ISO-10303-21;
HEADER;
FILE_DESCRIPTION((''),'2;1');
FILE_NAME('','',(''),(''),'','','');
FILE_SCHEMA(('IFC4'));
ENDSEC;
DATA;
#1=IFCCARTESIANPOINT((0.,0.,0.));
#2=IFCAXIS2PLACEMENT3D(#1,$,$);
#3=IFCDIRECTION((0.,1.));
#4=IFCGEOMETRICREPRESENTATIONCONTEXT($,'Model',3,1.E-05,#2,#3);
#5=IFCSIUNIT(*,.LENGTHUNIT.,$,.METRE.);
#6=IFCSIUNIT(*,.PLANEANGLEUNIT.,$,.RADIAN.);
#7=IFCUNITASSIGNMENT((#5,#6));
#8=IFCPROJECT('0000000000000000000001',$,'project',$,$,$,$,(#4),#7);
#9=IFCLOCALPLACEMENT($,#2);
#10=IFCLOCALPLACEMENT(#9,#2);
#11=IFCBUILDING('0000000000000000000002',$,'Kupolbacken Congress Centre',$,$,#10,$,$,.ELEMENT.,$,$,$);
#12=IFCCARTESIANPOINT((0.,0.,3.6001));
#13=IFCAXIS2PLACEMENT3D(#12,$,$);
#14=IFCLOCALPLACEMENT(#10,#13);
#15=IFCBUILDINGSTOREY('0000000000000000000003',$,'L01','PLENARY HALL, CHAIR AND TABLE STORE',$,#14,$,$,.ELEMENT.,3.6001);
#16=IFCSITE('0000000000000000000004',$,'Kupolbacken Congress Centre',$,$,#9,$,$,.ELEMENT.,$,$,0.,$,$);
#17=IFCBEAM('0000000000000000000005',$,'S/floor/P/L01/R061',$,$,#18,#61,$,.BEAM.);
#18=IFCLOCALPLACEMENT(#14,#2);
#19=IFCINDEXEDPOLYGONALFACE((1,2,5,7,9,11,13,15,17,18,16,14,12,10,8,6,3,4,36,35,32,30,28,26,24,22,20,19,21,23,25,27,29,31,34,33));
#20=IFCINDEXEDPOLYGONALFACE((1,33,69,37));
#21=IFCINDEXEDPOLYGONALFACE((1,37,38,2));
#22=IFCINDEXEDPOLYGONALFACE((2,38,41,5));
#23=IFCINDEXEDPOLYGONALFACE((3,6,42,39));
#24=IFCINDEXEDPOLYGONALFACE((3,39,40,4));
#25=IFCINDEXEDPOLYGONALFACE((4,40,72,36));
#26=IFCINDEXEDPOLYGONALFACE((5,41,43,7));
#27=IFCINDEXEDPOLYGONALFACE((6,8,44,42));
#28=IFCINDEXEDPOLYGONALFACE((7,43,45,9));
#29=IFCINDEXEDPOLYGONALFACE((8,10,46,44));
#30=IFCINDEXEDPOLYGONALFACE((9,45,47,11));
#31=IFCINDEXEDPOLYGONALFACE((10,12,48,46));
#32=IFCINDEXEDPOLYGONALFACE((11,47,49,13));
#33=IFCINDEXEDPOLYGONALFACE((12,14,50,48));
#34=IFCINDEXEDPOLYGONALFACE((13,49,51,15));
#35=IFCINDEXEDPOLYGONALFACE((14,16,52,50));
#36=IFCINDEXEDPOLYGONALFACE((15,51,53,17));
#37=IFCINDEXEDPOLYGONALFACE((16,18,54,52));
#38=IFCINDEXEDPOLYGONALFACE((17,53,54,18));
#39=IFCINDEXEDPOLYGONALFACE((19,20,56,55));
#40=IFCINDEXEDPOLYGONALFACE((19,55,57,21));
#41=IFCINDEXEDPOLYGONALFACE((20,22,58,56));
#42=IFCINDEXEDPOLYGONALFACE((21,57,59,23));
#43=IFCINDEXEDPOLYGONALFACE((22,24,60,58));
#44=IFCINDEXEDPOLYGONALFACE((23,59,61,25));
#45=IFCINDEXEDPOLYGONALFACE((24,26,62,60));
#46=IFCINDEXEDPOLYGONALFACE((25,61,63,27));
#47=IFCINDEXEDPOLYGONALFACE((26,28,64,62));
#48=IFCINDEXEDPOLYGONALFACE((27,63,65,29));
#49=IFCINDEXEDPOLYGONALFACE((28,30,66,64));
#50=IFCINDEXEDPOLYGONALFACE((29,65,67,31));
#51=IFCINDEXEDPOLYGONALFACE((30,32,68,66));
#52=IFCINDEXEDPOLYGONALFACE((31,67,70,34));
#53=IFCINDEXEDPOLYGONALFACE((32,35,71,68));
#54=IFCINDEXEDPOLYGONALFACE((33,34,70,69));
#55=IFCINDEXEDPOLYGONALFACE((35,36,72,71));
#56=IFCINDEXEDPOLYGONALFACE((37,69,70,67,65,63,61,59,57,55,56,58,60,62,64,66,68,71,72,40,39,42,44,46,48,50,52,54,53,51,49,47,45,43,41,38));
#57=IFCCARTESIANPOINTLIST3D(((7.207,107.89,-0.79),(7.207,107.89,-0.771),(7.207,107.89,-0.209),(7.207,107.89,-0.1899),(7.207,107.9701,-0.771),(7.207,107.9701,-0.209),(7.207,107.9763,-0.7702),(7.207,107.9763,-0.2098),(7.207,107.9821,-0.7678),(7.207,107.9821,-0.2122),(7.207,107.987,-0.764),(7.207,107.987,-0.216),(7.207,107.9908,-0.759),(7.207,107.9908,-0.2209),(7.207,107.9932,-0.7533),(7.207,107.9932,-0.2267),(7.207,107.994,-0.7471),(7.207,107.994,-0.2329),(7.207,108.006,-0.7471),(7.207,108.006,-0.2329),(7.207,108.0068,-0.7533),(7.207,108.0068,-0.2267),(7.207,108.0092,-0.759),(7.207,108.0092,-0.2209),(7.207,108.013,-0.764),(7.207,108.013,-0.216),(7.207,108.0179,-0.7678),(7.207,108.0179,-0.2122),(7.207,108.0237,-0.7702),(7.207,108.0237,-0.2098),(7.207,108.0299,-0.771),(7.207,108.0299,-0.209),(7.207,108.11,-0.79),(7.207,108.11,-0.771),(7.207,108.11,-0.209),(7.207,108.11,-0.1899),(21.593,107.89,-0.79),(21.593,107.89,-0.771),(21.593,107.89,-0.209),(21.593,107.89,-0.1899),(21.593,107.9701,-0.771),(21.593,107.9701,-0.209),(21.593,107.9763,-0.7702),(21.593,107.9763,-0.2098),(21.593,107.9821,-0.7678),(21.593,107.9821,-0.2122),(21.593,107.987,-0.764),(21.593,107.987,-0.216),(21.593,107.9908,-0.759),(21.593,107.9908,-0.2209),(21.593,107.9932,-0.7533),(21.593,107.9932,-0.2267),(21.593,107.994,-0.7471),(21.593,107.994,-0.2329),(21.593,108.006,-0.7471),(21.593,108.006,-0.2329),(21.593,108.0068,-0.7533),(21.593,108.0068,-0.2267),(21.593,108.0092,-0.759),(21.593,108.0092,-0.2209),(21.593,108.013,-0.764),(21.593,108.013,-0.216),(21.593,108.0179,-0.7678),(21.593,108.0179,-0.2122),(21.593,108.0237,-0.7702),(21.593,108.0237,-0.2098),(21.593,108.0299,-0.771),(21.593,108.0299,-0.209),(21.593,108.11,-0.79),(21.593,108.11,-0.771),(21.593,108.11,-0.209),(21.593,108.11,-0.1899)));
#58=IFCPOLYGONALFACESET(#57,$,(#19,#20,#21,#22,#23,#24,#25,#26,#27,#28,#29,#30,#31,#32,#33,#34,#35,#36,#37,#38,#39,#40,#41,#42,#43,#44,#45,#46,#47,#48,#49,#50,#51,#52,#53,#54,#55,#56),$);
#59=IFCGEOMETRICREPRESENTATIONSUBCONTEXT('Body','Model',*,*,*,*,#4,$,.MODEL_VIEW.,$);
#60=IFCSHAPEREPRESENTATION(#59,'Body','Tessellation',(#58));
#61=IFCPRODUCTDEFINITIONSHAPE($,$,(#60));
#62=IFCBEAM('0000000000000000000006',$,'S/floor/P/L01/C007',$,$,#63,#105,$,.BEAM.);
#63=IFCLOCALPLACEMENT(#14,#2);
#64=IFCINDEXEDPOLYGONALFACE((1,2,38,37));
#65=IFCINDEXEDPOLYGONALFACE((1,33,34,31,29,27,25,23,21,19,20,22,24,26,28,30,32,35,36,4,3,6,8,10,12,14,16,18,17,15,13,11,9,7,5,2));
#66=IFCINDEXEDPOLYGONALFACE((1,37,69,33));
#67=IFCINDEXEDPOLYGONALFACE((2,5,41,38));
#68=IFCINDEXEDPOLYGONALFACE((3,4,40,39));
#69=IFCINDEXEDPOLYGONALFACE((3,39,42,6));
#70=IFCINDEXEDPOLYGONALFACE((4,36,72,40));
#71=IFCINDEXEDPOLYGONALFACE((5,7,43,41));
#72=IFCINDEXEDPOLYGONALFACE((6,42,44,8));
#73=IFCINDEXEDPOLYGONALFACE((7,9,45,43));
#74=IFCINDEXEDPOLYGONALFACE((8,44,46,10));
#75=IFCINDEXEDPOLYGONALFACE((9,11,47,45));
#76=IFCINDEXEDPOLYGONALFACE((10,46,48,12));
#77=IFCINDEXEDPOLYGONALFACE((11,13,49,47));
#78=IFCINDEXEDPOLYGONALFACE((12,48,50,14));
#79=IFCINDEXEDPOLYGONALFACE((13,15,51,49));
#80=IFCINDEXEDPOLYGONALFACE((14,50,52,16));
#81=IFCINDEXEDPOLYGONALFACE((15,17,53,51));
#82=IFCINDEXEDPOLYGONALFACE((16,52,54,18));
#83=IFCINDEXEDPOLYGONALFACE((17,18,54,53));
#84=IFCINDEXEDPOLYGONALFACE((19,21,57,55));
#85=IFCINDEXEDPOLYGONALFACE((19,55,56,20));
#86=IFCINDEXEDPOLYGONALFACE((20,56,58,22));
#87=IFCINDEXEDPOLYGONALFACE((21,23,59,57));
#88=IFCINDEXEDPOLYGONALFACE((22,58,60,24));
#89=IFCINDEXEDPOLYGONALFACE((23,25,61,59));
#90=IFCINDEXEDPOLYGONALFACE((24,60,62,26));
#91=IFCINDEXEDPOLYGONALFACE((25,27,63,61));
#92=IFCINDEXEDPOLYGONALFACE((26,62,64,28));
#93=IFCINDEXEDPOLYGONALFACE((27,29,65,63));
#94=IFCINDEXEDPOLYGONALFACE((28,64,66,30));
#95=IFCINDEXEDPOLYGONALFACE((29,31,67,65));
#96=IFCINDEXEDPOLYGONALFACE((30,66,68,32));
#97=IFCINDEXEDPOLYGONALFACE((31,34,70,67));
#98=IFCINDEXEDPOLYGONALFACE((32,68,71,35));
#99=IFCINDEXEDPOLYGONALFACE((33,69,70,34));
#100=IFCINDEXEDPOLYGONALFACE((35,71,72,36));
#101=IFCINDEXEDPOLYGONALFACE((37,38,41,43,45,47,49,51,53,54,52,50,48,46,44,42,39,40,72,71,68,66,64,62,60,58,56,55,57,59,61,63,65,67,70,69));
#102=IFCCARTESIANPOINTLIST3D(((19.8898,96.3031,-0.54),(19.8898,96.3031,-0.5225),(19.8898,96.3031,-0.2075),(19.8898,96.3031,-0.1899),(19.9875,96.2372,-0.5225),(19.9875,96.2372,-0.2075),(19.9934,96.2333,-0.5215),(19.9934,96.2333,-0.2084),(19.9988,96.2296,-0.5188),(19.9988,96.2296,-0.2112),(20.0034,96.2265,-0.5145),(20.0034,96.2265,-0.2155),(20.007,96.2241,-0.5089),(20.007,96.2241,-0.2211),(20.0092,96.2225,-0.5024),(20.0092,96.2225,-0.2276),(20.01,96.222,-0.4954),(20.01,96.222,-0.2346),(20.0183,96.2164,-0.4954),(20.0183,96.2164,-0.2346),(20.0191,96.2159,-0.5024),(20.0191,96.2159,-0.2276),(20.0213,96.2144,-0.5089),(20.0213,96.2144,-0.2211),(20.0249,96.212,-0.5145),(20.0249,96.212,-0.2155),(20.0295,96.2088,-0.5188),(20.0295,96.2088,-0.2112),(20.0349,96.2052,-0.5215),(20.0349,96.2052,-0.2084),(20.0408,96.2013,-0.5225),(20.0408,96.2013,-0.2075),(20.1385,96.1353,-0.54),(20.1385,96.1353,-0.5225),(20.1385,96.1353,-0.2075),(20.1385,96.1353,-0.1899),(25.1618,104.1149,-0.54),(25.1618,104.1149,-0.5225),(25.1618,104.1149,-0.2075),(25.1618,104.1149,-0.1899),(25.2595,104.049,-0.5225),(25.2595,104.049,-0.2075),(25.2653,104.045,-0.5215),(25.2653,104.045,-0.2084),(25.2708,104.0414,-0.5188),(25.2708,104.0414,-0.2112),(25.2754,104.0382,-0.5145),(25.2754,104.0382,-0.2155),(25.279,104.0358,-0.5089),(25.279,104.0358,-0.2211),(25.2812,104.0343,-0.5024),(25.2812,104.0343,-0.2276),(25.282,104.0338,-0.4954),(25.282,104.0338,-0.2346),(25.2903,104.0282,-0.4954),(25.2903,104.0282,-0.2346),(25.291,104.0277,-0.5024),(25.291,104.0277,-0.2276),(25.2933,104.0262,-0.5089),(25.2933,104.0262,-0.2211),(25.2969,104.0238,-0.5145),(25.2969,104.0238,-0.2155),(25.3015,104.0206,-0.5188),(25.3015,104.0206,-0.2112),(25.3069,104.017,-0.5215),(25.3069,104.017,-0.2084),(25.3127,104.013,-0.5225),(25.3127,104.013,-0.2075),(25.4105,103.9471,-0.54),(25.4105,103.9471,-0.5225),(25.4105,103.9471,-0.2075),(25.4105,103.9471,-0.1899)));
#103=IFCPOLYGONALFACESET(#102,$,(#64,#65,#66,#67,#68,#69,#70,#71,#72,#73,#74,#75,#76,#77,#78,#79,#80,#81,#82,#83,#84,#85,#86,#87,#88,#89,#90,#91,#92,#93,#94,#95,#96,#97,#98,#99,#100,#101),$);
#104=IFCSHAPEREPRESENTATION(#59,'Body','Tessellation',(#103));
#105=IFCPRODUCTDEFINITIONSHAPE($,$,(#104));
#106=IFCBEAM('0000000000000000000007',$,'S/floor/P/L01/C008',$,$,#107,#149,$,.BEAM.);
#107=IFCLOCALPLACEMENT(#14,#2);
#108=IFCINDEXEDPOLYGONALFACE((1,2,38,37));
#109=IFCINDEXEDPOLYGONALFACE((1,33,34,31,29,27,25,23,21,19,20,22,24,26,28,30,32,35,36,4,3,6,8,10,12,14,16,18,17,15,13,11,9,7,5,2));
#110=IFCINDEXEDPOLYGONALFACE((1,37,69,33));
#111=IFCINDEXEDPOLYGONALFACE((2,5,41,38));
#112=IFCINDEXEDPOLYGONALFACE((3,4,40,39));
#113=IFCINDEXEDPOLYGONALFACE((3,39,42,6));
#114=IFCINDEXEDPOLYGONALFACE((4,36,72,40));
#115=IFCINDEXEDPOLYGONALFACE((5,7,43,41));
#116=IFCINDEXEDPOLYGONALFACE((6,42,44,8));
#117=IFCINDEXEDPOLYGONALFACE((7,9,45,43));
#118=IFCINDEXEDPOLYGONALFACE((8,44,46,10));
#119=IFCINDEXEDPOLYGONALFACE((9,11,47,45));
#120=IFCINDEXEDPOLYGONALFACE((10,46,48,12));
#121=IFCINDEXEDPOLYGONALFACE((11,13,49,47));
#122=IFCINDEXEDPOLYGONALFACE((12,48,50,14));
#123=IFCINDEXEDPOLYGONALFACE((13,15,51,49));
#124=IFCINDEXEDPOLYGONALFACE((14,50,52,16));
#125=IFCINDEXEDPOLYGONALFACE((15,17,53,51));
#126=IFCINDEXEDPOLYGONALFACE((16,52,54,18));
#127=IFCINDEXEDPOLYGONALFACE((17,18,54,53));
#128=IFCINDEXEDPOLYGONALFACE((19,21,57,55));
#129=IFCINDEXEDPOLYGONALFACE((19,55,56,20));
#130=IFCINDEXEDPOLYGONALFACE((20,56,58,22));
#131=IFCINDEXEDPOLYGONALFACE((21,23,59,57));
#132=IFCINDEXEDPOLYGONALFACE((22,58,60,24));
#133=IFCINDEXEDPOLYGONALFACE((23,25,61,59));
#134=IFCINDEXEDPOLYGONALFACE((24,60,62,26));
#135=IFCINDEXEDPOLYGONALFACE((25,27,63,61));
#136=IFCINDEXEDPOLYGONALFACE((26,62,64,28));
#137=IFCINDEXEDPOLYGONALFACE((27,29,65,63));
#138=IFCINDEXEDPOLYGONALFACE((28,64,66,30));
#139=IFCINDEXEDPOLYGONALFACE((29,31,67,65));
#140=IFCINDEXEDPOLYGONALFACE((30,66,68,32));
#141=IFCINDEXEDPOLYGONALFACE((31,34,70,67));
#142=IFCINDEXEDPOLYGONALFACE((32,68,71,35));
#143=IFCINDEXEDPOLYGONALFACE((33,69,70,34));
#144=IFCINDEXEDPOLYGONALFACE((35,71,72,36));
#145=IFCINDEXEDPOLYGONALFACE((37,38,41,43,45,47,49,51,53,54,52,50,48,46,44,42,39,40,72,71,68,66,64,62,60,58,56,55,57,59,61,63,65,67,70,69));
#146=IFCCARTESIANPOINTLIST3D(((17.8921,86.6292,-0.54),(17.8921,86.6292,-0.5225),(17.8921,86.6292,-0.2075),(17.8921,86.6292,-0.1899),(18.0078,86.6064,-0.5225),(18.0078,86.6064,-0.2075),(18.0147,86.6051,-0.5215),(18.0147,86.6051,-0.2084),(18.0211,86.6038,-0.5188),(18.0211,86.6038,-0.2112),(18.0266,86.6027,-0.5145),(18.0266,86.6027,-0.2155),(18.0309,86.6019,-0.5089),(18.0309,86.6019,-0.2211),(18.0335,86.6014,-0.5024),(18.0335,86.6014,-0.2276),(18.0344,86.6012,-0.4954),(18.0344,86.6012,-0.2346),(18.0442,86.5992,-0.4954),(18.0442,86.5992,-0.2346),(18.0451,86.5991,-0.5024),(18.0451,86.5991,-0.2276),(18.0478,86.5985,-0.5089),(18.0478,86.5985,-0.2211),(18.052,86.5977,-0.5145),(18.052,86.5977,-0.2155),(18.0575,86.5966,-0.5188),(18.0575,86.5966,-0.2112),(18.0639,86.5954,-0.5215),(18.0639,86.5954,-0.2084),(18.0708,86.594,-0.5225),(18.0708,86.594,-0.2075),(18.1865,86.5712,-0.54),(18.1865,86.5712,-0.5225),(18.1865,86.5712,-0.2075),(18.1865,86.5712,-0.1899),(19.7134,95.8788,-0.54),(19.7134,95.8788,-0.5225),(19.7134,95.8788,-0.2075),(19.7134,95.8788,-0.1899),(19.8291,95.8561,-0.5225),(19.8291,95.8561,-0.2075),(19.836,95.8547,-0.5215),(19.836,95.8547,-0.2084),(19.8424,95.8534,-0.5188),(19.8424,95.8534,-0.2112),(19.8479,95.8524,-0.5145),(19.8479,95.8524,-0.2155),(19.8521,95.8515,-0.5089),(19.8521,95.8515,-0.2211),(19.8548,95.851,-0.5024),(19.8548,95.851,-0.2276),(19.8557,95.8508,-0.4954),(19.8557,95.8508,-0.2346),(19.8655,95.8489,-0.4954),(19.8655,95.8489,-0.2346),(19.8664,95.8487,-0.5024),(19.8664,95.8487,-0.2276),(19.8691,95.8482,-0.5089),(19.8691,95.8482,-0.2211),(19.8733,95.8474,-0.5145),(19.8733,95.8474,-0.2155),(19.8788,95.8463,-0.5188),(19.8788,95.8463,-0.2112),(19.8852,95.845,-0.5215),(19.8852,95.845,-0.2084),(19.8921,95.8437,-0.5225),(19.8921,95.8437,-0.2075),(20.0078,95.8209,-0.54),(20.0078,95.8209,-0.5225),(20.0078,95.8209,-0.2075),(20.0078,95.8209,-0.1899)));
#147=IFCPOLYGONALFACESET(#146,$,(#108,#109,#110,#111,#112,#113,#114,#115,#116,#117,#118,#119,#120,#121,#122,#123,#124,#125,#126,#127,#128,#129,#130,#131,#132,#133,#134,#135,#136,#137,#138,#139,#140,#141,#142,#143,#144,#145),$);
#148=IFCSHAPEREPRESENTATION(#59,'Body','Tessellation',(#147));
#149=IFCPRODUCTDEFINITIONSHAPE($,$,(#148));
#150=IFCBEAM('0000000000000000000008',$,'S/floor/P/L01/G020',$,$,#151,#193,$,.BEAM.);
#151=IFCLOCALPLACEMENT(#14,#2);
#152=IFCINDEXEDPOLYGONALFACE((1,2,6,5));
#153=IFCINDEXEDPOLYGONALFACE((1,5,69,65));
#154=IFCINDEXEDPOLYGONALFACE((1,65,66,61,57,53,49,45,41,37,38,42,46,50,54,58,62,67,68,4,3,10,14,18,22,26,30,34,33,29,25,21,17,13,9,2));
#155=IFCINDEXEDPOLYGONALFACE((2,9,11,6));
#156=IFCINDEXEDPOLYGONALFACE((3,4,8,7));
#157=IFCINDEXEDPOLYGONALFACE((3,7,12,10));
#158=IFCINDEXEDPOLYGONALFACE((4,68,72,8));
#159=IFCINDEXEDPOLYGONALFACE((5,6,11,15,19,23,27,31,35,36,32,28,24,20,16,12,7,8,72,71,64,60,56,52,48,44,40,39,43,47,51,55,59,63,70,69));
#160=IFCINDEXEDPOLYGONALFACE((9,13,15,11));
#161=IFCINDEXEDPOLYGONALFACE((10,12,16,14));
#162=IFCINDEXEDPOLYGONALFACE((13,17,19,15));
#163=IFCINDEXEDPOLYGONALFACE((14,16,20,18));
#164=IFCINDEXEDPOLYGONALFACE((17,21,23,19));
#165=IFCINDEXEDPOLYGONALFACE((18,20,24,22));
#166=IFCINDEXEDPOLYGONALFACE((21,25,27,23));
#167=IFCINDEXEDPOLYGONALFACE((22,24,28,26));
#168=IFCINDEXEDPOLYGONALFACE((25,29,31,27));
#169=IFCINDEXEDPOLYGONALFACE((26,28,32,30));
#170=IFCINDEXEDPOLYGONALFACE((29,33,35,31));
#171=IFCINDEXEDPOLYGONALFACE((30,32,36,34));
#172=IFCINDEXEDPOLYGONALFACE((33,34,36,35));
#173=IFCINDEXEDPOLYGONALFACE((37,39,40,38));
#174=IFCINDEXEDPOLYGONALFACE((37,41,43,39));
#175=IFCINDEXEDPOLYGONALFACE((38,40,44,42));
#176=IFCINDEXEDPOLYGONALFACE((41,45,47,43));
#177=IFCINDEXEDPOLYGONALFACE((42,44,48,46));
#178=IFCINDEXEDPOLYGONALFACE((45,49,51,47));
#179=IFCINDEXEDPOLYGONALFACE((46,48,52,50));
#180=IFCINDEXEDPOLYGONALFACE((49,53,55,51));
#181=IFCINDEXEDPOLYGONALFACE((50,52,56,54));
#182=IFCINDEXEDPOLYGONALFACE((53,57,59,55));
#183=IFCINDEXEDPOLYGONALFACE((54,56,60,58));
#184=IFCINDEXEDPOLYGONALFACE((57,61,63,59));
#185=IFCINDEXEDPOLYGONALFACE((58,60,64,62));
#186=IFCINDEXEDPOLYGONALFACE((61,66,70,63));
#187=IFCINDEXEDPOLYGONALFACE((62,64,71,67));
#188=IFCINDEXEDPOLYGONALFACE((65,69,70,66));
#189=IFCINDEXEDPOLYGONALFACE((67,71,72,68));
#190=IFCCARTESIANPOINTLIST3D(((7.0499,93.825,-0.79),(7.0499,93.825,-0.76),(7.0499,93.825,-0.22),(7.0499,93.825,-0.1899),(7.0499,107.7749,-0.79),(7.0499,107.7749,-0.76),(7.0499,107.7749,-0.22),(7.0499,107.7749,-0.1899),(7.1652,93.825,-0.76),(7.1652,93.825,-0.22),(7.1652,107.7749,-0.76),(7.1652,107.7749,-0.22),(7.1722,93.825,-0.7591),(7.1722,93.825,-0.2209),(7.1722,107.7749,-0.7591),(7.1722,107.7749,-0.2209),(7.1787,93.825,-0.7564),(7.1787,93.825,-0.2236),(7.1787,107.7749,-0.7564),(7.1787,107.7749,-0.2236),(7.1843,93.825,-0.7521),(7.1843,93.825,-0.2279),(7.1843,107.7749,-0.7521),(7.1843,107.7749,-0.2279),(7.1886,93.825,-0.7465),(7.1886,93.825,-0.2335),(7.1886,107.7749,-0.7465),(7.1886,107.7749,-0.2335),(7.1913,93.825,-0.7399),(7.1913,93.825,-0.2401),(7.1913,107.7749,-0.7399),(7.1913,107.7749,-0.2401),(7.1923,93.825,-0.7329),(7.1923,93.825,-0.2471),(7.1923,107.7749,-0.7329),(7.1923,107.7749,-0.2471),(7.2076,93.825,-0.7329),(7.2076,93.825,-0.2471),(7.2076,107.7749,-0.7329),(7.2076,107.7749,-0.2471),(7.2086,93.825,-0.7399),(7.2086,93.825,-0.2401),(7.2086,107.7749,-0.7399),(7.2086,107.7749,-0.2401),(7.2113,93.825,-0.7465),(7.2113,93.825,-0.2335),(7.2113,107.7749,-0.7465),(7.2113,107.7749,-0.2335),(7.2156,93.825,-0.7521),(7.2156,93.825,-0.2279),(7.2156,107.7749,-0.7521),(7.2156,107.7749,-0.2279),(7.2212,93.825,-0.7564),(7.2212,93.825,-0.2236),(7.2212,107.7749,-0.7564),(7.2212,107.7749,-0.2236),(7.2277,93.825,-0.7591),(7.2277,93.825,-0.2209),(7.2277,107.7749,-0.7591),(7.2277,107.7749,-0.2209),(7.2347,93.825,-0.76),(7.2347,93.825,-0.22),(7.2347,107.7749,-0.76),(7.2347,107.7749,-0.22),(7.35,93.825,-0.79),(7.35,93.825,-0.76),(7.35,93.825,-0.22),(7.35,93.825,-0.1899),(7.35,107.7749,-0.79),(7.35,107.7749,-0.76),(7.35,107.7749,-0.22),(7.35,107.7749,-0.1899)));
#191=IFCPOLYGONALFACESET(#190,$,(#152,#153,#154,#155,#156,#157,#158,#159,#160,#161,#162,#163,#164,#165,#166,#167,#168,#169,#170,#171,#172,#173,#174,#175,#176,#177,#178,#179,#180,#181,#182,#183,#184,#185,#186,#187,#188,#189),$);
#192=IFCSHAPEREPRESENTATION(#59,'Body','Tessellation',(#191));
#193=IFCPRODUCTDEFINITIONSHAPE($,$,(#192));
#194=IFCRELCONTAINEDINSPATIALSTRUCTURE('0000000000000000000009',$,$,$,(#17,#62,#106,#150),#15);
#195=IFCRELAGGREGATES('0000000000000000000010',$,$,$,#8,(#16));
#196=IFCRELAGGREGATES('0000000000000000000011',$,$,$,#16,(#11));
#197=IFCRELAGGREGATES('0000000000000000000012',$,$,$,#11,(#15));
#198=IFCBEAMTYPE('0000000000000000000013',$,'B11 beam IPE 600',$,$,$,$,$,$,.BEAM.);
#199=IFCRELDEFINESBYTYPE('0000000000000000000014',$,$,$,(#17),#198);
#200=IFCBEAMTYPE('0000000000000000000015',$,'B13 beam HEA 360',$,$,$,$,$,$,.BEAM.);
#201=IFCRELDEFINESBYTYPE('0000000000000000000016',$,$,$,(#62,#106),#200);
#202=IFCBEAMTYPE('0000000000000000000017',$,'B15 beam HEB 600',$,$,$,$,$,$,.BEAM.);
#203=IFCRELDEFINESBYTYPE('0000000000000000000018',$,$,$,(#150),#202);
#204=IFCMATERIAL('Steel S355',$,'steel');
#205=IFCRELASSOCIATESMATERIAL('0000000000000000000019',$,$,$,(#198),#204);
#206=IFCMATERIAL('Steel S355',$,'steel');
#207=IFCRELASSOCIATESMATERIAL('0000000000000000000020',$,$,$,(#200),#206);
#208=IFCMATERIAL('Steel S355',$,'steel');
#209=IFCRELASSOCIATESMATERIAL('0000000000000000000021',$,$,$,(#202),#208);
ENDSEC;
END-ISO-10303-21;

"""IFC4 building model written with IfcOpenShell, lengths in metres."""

from ifc_helpers import new_model, si_unit, direction, frame, origin, origin_2d, place, context, subcontext, project, spatial, i_section, extrude, material, material_profile, profile_set, type_object, element, save


model = new_model("IFC4")

# Units and contexts
model_context = context("Model", 3, precision=1e-05, world=origin(), true_north=direction((0.0, 1.0)))
body_context = subcontext(model_context, "Body", "Model", "MODEL_VIEW")
ifc_project = project(units=[si_unit("LENGTHUNIT", "METRE"), si_unit("PLANEANGLEUNIT", "RADIAN")], contexts=[model_context])

# Site, building, storey
site_placement = place(None, origin())
site = spatial("IfcSite", under=ifc_project, at=site_placement, Name="Kupolbacken Congress Centre", CompositionType="ELEMENT", RefElevation=0.0)
building_placement = place(site_placement, origin())
building = spatial("IfcBuilding", under=site, at=building_placement, Name="Kupolbacken Congress Centre", CompositionType="ELEMENT")
storey_placement = place(building_placement, frame((0.0, 0.0, 3.6001)))
storey = spatial("IfcBuildingStorey", under=building, at=storey_placement, Name="L01", Description="PLENARY HALL, CHAIR AND TABLE STORE", CompositionType="ELEMENT", Elevation=3.6001)

# Beams
ifc_material_1 = material(Name="Steel S355", Category="steel")
ifc_material_profile_1 = material_profile(ifc_material_1, i_section(OverallWidth=0.22, OverallDepth=0.6001, WebThickness=0.012, FlangeThickness=0.019, FilletRadius=0.0239, at=origin_2d()), Name="IPE 600")
ifc_profile_set_1 = profile_set([ifc_material_profile_1], Name="Steel S355")
beam_type_1 = type_object("IfcBeamType", Name="B11 beam IPE 600", PredefinedType="BEAM", material=ifc_profile_set_1)
beam_1_placement = place(storey_placement, frame((7.207, 108.0, -0.49), z_axis=(1.0, 0.0, 0.0), x_axis=(0.0, 1.0, 0.0)))
element("IfcBeam", 1, at=beam_1_placement, inside=storey, type_object=beam_type_1, Name="S/floor/P/L01/R061", PredefinedType="BEAM", context=body_context, shape_type="SweptSolid", body=[
    extrude(i_section(OverallWidth=0.22, OverallDepth=0.6001, WebThickness=0.012, FlangeThickness=0.019, FilletRadius=0.0239, at=origin_2d()), origin(), (0.0, 0.0, 1.0), 14.386),
])
ifc_material_2 = material(Name="Steel S355", Category="steel")
ifc_material_profile_2 = material_profile(ifc_material_2, i_section(OverallWidth=0.3, OverallDepth=0.3501, WebThickness=0.01, FlangeThickness=0.0176, FilletRadius=0.0271, at=origin_2d()), Name="HEA 360")
ifc_profile_set_2 = profile_set([ifc_material_profile_2], Name="Steel S355")
beam_type_2 = type_object("IfcBeamType", Name="B13 beam HEA 360", PredefinedType="BEAM", material=ifc_profile_set_2)
beam_2_placement = place(storey_placement, frame((25.2861, 104.031, -0.365), z_axis=(-0.559402, -0.828896, 0.0), x_axis=(0.828896, -0.559402, 0.0)))
element("IfcBeam", 2, at=beam_2_placement, inside=storey, type_object=beam_type_2, Name="S/floor/P/L01/C007", PredefinedType="BEAM", context=body_context, shape_type="SweptSolid", body=[
    extrude(i_section(OverallWidth=0.3, OverallDepth=0.3501, WebThickness=0.01, FlangeThickness=0.0176, FilletRadius=0.0271, at=origin_2d()), origin(), (0.0, 0.0, 1.0), 9.4243),
])
beam_3_placement = place(storey_placement, frame((19.8606, 95.8499, -0.365), z_axis=(-0.193192, -0.981161, 0.0), x_axis=(0.981161, -0.193192, 0.0)))
element("IfcBeam", 3, at=beam_3_placement, inside=storey, type_object=beam_type_2, Name="S/floor/P/L01/C008", PredefinedType="BEAM", context=body_context, shape_type="SweptSolid", body=[
    extrude(i_section(OverallWidth=0.3, OverallDepth=0.3501, WebThickness=0.01, FlangeThickness=0.0176, FilletRadius=0.0271, at=origin_2d()), origin(), (0.0, 0.0, 1.0), 9.4272),
])
ifc_material_3 = material(Name="Steel S355", Category="steel")
ifc_material_profile_3 = material_profile(ifc_material_3, i_section(OverallWidth=0.3, OverallDepth=0.6001, WebThickness=0.0154, FlangeThickness=0.03, FilletRadius=0.0271, at=origin_2d()), Name="HEB 600")
ifc_profile_set_3 = profile_set([ifc_material_profile_3], Name="Steel S355")
beam_type_3 = type_object("IfcBeamType", Name="B15 beam HEB 600", PredefinedType="BEAM", material=ifc_profile_set_3)
beam_4_placement = place(storey_placement, frame((7.2, 93.825, -0.49), z_axis=(0.0, 1.0, 0.0), x_axis=(-1.0, 0.0, 0.0)))
element("IfcBeam", 4, at=beam_4_placement, inside=storey, type_object=beam_type_3, Name="S/floor/P/L01/G020", PredefinedType="BEAM", context=body_context, shape_type="SweptSolid", body=[
    extrude(i_section(OverallWidth=0.3, OverallDepth=0.6001, WebThickness=0.0154, FlangeThickness=0.03, FilletRadius=0.0271, at=origin_2d()), origin(), (0.0, 0.0, 1.0), 13.95),
])

save(model, "model.ifc")
